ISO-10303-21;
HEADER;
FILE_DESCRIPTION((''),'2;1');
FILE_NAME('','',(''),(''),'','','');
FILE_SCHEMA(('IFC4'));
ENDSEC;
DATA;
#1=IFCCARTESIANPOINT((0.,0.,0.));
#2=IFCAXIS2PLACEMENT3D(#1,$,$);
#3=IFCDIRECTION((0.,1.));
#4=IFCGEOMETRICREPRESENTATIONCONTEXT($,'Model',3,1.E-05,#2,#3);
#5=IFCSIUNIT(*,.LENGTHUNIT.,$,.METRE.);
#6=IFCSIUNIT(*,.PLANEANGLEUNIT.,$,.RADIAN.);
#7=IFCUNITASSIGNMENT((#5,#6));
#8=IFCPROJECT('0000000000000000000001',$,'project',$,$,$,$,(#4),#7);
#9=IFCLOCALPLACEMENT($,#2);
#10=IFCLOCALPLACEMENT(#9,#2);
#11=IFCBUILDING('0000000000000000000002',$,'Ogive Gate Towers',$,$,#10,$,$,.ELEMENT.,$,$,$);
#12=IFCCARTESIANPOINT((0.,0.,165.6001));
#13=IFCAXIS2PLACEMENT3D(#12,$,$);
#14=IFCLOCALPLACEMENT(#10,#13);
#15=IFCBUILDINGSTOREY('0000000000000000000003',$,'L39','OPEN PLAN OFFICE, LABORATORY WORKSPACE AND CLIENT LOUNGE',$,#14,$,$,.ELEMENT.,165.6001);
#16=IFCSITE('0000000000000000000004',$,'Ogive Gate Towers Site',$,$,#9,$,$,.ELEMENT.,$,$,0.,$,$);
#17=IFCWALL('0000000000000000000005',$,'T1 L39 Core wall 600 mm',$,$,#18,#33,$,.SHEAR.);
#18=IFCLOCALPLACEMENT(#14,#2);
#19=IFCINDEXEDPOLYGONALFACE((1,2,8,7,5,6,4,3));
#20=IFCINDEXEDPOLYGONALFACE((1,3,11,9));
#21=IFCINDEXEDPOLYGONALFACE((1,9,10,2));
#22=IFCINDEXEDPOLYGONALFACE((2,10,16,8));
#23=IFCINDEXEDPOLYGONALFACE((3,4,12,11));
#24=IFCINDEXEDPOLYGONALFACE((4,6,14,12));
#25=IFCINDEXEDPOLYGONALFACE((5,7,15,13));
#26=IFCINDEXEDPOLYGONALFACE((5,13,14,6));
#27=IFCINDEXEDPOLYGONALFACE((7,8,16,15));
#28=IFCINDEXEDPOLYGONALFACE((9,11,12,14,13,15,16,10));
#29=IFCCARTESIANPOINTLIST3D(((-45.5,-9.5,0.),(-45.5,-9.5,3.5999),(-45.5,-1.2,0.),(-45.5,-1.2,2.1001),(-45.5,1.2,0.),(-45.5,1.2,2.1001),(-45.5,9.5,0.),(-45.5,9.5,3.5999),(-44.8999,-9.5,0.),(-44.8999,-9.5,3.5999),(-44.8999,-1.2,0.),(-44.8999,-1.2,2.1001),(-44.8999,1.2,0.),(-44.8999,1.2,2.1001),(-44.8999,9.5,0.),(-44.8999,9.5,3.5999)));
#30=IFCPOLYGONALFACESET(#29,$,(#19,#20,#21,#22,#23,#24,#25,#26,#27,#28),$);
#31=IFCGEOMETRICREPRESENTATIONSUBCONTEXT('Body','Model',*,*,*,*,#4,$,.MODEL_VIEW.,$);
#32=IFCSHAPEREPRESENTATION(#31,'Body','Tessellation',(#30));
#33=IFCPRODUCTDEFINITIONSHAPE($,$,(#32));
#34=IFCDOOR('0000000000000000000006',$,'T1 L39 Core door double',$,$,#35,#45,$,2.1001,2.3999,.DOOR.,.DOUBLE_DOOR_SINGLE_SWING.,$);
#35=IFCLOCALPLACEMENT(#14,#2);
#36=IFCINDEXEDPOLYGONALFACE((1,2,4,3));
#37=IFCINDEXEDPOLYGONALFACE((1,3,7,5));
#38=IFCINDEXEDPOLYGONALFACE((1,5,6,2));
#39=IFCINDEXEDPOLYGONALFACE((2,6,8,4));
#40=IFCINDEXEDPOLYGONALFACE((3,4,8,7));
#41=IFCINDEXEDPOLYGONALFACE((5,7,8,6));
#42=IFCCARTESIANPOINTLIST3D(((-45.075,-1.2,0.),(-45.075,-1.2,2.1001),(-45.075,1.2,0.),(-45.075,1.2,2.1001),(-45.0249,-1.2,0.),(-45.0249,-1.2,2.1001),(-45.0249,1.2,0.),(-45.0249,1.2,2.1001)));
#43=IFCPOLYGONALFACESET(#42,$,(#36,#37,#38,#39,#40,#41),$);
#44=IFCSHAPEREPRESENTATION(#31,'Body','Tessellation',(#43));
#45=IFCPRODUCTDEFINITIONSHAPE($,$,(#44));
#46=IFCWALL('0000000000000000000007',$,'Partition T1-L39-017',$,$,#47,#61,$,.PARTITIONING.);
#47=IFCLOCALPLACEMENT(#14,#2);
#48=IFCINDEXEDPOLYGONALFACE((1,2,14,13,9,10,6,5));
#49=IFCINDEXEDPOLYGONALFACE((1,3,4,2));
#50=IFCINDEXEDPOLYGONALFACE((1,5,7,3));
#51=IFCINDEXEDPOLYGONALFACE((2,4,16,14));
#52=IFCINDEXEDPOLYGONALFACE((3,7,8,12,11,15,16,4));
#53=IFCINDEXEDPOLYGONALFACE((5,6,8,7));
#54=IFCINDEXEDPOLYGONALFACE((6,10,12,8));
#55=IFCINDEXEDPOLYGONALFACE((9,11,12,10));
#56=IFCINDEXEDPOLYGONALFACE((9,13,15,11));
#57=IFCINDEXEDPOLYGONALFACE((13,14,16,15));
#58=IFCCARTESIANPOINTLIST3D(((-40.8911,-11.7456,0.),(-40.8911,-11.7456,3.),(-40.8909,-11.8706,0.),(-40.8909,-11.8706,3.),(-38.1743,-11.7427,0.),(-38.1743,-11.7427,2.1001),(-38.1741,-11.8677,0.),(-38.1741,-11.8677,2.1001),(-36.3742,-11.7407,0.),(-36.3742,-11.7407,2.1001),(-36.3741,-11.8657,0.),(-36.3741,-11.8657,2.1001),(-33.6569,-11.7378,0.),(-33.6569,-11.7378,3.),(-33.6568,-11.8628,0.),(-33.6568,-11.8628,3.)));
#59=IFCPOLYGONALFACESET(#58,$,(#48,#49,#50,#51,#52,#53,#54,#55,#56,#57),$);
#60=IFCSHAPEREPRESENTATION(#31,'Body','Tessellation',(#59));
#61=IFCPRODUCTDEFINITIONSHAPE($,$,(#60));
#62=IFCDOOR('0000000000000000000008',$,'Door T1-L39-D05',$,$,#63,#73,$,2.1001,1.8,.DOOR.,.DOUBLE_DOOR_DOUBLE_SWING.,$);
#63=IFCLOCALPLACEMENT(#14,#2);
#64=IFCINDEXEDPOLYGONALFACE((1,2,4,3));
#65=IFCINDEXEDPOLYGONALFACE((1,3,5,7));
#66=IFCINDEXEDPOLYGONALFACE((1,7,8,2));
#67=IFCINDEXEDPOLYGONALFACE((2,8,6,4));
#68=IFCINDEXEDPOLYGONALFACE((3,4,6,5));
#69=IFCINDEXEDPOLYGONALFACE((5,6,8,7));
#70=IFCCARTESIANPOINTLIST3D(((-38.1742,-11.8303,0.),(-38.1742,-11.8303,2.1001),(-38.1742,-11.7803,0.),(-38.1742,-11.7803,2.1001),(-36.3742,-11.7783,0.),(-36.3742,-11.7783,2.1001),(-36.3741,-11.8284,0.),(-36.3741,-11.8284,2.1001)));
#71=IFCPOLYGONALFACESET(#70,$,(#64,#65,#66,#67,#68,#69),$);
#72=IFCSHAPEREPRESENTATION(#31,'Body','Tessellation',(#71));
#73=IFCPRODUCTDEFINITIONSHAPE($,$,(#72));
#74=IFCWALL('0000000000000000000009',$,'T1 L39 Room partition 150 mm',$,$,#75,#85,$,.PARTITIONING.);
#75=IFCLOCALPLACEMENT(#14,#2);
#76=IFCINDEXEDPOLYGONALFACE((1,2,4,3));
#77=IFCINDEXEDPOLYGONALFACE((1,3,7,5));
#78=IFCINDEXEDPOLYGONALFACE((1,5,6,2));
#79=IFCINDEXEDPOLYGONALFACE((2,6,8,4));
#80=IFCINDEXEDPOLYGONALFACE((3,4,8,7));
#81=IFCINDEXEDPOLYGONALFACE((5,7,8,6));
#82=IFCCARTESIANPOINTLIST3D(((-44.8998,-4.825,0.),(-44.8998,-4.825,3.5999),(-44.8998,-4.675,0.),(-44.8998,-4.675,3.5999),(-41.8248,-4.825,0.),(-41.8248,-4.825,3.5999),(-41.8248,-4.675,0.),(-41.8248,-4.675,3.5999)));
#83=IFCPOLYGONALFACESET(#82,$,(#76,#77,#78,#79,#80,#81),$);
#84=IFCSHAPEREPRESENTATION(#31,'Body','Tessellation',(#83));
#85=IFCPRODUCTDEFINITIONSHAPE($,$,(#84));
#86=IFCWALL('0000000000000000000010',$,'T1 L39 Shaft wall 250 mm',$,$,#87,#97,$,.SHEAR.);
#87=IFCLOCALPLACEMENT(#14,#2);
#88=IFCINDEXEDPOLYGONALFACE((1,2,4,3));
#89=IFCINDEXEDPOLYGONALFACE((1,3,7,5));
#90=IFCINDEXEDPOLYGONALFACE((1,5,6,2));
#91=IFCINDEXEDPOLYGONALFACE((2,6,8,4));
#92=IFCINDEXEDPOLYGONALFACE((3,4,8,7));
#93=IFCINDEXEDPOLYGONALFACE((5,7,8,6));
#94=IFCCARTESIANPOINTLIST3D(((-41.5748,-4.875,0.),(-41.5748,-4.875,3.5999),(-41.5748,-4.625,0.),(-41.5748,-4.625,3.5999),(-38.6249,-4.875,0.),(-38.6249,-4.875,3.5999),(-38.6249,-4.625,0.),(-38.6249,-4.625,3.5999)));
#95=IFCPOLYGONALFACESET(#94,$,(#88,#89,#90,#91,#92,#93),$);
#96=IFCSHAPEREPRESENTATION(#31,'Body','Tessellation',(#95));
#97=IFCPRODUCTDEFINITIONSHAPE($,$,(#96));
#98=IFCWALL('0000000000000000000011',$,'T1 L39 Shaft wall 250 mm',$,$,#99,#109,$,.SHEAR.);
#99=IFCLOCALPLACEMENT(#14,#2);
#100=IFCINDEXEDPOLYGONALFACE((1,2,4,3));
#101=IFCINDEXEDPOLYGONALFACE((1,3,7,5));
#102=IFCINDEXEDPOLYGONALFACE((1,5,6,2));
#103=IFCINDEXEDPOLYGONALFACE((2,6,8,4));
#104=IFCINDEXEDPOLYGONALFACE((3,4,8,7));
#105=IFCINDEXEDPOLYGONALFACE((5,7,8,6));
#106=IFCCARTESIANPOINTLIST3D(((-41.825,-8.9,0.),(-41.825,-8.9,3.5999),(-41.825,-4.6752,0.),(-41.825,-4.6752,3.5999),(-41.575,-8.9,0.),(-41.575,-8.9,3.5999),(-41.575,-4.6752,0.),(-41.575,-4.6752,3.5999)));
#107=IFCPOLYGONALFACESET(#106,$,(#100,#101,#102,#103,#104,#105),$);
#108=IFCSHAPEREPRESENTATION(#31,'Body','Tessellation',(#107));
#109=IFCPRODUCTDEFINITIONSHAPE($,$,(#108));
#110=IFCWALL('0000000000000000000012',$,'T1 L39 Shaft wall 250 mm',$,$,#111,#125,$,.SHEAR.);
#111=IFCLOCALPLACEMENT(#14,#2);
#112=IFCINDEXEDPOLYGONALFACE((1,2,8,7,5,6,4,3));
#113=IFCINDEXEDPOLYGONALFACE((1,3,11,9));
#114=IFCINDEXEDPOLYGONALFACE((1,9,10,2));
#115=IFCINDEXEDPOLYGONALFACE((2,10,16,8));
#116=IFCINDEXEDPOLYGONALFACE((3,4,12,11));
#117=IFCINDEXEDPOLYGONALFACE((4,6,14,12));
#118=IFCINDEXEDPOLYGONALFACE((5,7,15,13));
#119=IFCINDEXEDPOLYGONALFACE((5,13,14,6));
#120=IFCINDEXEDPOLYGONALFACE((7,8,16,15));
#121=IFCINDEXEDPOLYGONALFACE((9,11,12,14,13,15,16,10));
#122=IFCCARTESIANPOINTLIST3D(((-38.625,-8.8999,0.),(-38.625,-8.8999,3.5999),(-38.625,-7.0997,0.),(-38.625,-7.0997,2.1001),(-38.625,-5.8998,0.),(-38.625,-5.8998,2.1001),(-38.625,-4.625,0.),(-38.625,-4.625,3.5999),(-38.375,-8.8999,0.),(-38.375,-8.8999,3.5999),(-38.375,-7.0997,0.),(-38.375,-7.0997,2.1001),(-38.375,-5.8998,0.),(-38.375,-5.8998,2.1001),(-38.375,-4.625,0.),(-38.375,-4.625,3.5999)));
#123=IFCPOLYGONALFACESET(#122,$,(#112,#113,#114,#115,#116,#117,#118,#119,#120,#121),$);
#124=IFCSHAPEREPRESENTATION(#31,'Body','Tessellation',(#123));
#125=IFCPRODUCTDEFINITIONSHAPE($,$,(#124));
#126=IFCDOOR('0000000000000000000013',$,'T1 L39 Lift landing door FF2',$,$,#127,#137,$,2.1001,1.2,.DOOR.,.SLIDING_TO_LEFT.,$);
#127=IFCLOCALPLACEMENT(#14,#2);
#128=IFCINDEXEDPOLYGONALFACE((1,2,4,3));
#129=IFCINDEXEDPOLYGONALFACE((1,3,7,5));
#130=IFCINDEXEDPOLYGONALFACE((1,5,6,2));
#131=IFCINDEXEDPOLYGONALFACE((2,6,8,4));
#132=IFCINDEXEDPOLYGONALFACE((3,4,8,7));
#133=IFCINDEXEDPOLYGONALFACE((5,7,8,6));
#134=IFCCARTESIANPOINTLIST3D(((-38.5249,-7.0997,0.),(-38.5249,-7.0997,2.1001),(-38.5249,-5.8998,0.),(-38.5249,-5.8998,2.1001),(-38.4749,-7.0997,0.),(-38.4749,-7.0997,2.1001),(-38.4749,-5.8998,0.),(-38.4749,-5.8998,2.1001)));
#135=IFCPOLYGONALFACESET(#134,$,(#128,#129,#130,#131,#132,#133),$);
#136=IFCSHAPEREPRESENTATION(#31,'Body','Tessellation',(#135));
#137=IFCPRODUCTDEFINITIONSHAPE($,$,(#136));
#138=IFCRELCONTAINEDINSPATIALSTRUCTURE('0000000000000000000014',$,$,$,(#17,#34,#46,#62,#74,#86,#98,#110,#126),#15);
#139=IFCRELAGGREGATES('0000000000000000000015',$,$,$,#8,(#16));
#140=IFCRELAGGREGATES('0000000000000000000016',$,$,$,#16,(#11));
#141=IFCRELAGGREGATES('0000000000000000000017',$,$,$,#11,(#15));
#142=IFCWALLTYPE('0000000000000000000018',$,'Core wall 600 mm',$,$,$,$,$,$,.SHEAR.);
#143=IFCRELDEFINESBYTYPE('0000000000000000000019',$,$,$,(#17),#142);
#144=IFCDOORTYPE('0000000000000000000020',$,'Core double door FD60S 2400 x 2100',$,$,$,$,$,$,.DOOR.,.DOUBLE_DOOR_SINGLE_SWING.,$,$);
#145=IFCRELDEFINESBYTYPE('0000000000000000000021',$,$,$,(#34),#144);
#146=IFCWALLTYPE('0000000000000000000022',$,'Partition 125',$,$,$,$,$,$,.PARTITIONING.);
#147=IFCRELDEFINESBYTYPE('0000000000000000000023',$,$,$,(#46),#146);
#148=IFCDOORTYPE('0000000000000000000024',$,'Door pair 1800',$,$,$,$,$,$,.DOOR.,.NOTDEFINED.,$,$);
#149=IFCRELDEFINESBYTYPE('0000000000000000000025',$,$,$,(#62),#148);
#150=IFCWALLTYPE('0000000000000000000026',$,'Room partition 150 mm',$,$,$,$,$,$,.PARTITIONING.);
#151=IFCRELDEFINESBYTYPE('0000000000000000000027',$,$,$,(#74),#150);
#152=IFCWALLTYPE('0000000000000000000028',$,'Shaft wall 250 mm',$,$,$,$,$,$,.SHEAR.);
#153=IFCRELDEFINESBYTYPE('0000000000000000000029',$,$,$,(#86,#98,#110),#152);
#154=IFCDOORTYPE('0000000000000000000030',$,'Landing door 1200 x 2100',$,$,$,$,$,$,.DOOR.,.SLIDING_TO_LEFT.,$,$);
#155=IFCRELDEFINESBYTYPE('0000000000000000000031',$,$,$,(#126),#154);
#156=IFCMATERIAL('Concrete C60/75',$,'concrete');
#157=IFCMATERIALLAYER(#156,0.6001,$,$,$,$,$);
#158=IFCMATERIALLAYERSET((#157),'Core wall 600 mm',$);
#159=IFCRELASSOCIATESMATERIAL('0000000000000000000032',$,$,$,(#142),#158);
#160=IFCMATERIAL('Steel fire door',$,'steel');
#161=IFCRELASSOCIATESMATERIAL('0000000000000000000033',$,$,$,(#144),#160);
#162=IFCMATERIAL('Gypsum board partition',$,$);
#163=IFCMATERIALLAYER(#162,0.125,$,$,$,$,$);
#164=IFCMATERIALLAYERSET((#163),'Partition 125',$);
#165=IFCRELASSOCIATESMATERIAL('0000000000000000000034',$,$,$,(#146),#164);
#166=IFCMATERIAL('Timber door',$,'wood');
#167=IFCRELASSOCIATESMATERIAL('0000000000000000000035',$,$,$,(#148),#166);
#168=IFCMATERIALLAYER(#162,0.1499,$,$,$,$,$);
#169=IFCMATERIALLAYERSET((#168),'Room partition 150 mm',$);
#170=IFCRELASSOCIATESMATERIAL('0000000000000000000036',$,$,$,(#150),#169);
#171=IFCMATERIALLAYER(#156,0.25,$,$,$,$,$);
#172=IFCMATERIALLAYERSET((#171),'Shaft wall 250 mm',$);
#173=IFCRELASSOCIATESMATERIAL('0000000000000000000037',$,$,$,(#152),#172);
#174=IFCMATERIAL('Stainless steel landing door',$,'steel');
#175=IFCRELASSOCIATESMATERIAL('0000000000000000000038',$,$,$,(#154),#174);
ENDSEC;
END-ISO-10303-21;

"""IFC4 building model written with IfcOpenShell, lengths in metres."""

from ifc_helpers import new_model, si_unit, direction, frame, frame_2d, origin, place, context, subcontext, project, spatial, rectangle, extrude, material, layer, layer_set, type_object, element, fill, save


model = new_model("IFC4")

# Units and contexts
model_context = context("Model", 3, precision=1e-05, world=origin(), true_north=direction((0.0, 1.0)))
body_context = subcontext(model_context, "Body", "Model", "MODEL_VIEW")
ifc_project = project(units=[si_unit("LENGTHUNIT", "METRE"), si_unit("PLANEANGLEUNIT", "RADIAN")], contexts=[model_context])

# Site, building, storey
site_placement = place(None, origin())
site = spatial("IfcSite", under=ifc_project, at=site_placement, Name="Ogive Gate Towers Site", CompositionType="ELEMENT", RefElevation=0.0)
building_placement = place(site_placement, origin())
building = spatial("IfcBuilding", under=site, at=building_placement, Name="Ogive Gate Towers", CompositionType="ELEMENT")
storey_placement = place(building_placement, frame((0.0, 0.0, 165.6001)))
storey = spatial("IfcBuildingStorey", under=building, at=storey_placement, Name="L39", Description="OPEN PLAN OFFICE, LABORATORY WORKSPACE AND CLIENT LOUNGE", CompositionType="ELEMENT", Elevation=165.6001)

# Shared definitions
ifc_material_1 = material(Name="Concrete C60/75", Category="concrete")
ifc_layer_1 = layer(ifc_material_1, 0.6001)
ifc_layer_set_1 = layer_set([ifc_layer_1], Name="Core wall 600 mm")
wall_type_1 = type_object("IfcWallType", Name="Core wall 600 mm", PredefinedType="SHEAR", material=ifc_layer_set_1)
ifc_material_2 = material(Name="Timber door", Category="wood")
ifc_material_3 = material(Name="Steel fire door", Category="steel")

# Walls, openings, doors
wall_1_placement = place(storey_placement, frame((-45.2, -9.5, 0.0), z_axis=(0.0, 0.0, 1.0), x_axis=(0.0, 1.0, 0.0)))
wall_1 = element("IfcWall", 1, at=wall_1_placement, inside=storey, type_object=wall_type_1, Name="T1 L39 Core wall 600 mm", PredefinedType="SHEAR", context=body_context, shape_type="SweptSolid", body=[
    extrude(rectangle(XDim=19.0, YDim=0.6001, at=frame_2d((9.5, 0.0))), origin(), (0.0, 0.0, 1.0), 3.5999),
])
opening_1_placement = place(wall_1_placement, frame((8.3, 0.0, 0.0)))
opening_1 = element("IfcOpeningElement", 2, at=opening_1_placement, cuts=wall_1, PredefinedType="OPENING", context=body_context, shape_type="SweptSolid", body=[
    extrude(rectangle(XDim=2.3999, YDim=2.1001, at=frame_2d((1.2, 1.05))), frame((0.0, 0.3101, 0.0), z_axis=(0.0, -1.0, 0.0), x_axis=(1.0, 0.0, 0.0)), (0.0, 0.0, 1.0), 0.6201),
])
door_type_1 = type_object("IfcDoorType", Name="Core double door FD60S 2400 x 2100", OperationType="DOUBLE_DOOR_SINGLE_SWING", PredefinedType="DOOR", material=ifc_material_3)
door_1_placement = place(opening_1_placement, origin())
door_1 = element("IfcDoor", 3, at=door_1_placement, inside=storey, type_object=door_type_1, Name="T1 L39 Core door double", OperationType="DOUBLE_DOOR_SINGLE_SWING", OverallHeight=2.1001, OverallWidth=2.3999, PredefinedType="DOOR", context=body_context, shape_type="SweptSolid", body=[
    extrude(rectangle(XDim=2.3999, YDim=2.1001, at=frame_2d((1.2, 1.05))), frame((0.0, -0.125, 0.0), z_axis=(0.0, -1.0, 0.0), x_axis=(1.0, 0.0, 0.0)), (0.0, 0.0, 1.0), 0.05),
])
fill(opening_1, door_1)
ifc_material_4 = material(Name="Gypsum board partition")
ifc_layer_2 = layer(ifc_material_4, 0.125)
ifc_layer_set_2 = layer_set([ifc_layer_2], Name="Partition 125")
wall_type_2 = type_object("IfcWallType", Name="Partition 125", PredefinedType="PARTITIONING", material=ifc_layer_set_2)
wall_2_placement = place(storey_placement, frame((-40.8911, -11.8081, 0.0), z_axis=(0.0, 0.0, 1.0), x_axis=(0.999999, 0.00108, 0.0)))
wall_2 = element("IfcWall", 4, at=wall_2_placement, inside=storey, type_object=wall_type_2, Name="Partition T1-L39-017", PredefinedType="PARTITIONING", context=body_context, shape_type="SweptSolid", body=[
    extrude(rectangle(XDim=7.2341, YDim=0.125, at=frame_2d((3.6172, 0.0))), origin(), (0.0, 0.0, 1.0), 3.0),
])
opening_2_placement = place(wall_2_placement, frame((2.717, 0.0, 0.0)))
opening_2 = element("IfcOpeningElement", 5, at=opening_2_placement, cuts=wall_2, PredefinedType="OPENING", context=body_context, shape_type="SweptSolid", body=[
    extrude(rectangle(XDim=1.8, YDim=2.1001, at=frame_2d((0.8999, 1.05))), frame((0.0, 0.0725, 0.0), z_axis=(0.0, -1.0, 0.0), x_axis=(1.0, 0.0, 0.0)), (0.0, 0.0, 1.0), 0.145),
])
door_type_2 = type_object("IfcDoorType", Name="Door pair 1800", OperationType="NOTDEFINED", PredefinedType="DOOR", material=ifc_material_2)
door_2_placement = place(opening_2_placement, origin())
door_2 = element("IfcDoor", 6, at=door_2_placement, inside=storey, type_object=door_type_2, Name="Door T1-L39-D05", OperationType="DOUBLE_DOOR_DOUBLE_SWING", OverallHeight=2.1001, OverallWidth=1.8, PredefinedType="DOOR", context=body_context, shape_type="SweptSolid", body=[
    extrude(rectangle(XDim=1.8, YDim=2.1001, at=frame_2d((0.8999, 1.05))), frame((0.0, 0.0249, 0.0), z_axis=(0.0, -1.0, 0.0), x_axis=(1.0, 0.0, 0.0)), (0.0, 0.0, 1.0), 0.05),
])
fill(opening_2, door_2)

# Walls
ifc_layer_3 = layer(ifc_material_4, 0.1499)
ifc_layer_set_3 = layer_set([ifc_layer_3], Name="Room partition 150 mm")
wall_type_3 = type_object("IfcWallType", Name="Room partition 150 mm", PredefinedType="PARTITIONING", material=ifc_layer_set_3)
wall_3_placement = place(storey_placement, frame((-44.8999, -4.75, 0.0), z_axis=(0.0, 0.0, 1.0), x_axis=(1.0, 0.0, 0.0)))
element("IfcWall", 7, at=wall_3_placement, inside=storey, type_object=wall_type_3, Name="T1 L39 Room partition 150 mm", PredefinedType="PARTITIONING", context=body_context, shape_type="SweptSolid", body=[
    extrude(rectangle(XDim=3.075, YDim=0.1499, at=frame_2d((1.5376, 0.0))), origin(), (0.0, 0.0, 1.0), 3.5999),
])
ifc_layer_4 = layer(ifc_material_1, 0.25)
ifc_layer_set_4 = layer_set([ifc_layer_4], Name="Shaft wall 250 mm")
wall_type_4 = type_object("IfcWallType", Name="Shaft wall 250 mm", PredefinedType="SHEAR", material=ifc_layer_set_4)
wall_4_placement = place(storey_placement, frame((-41.575, -4.75, 0.0), z_axis=(0.0, 0.0, 1.0), x_axis=(1.0, 0.0, 0.0)))
element("IfcWall", 8, at=wall_4_placement, inside=storey, type_object=wall_type_4, Name="T1 L39 Shaft wall 250 mm", PredefinedType="SHEAR", context=body_context, shape_type="SweptSolid", body=[
    extrude(rectangle(XDim=2.95, YDim=0.25, at=frame_2d((1.4751, 0.0))), origin(), (0.0, 0.0, 1.0), 3.5999),
])
wall_5_placement = place(storey_placement, frame((-41.7, -8.8999, 0.0), z_axis=(0.0, 0.0, 1.0), x_axis=(0.0, 1.0, 0.0)))
element("IfcWall", 9, at=wall_5_placement, inside=storey, type_object=wall_type_4, Name="T1 L39 Shaft wall 250 mm", PredefinedType="SHEAR", context=body_context, shape_type="SweptSolid", body=[
    extrude(rectangle(XDim=4.2249, YDim=0.25, at=frame_2d((2.1123, 0.0))), origin(), (0.0, 0.0, 1.0), 3.5999),
])

# Wall, opening, door
wall_6_placement = place(storey_placement, frame((-38.5, -8.8999, 0.0), z_axis=(0.0, 0.0, 1.0), x_axis=(0.0, 1.0, 0.0)))
wall_6 = element("IfcWall", 10, at=wall_6_placement, inside=storey, type_object=wall_type_4, Name="T1 L39 Shaft wall 250 mm", PredefinedType="SHEAR", context=body_context, shape_type="SweptSolid", body=[
    extrude(rectangle(XDim=4.2749, YDim=0.25, at=frame_2d((2.1375, 0.0))), origin(), (0.0, 0.0, 1.0), 3.5999),
])
opening_3_placement = place(wall_6_placement, frame((1.8, 0.0, 0.0)))
opening_3 = element("IfcOpeningElement", 11, at=opening_3_placement, cuts=wall_6, PredefinedType="OPENING", context=body_context, shape_type="SweptSolid", body=[
    extrude(rectangle(XDim=1.2, YDim=2.1001, at=frame_2d((0.6001, 1.05))), frame((0.0, 0.135, 0.0), z_axis=(0.0, -1.0, 0.0), x_axis=(1.0, 0.0, 0.0)), (0.0, 0.0, 1.0), 0.27),
])
ifc_material_5 = material(Name="Stainless steel landing door", Category="steel")
door_type_3 = type_object("IfcDoorType", Name="Landing door 1200 x 2100", OperationType="SLIDING_TO_LEFT", PredefinedType="DOOR", material=ifc_material_5)
door_3_placement = place(opening_3_placement, origin())
door_3 = element("IfcDoor", 12, at=door_3_placement, inside=storey, type_object=door_type_3, Name="T1 L39 Lift landing door FF2", OperationType="SLIDING_TO_LEFT", OverallHeight=2.1001, OverallWidth=1.2, PredefinedType="DOOR", context=body_context, shape_type="SweptSolid", body=[
    extrude(rectangle(XDim=1.2, YDim=2.1001, at=frame_2d((0.6001, 1.05))), frame((0.0, 0.0249, 0.0), z_axis=(0.0, -1.0, 0.0), x_axis=(1.0, 0.0, 0.0)), (0.0, 0.0, 1.0), 0.05),
])
fill(opening_3, door_3)

save(model, "model.ifc")
